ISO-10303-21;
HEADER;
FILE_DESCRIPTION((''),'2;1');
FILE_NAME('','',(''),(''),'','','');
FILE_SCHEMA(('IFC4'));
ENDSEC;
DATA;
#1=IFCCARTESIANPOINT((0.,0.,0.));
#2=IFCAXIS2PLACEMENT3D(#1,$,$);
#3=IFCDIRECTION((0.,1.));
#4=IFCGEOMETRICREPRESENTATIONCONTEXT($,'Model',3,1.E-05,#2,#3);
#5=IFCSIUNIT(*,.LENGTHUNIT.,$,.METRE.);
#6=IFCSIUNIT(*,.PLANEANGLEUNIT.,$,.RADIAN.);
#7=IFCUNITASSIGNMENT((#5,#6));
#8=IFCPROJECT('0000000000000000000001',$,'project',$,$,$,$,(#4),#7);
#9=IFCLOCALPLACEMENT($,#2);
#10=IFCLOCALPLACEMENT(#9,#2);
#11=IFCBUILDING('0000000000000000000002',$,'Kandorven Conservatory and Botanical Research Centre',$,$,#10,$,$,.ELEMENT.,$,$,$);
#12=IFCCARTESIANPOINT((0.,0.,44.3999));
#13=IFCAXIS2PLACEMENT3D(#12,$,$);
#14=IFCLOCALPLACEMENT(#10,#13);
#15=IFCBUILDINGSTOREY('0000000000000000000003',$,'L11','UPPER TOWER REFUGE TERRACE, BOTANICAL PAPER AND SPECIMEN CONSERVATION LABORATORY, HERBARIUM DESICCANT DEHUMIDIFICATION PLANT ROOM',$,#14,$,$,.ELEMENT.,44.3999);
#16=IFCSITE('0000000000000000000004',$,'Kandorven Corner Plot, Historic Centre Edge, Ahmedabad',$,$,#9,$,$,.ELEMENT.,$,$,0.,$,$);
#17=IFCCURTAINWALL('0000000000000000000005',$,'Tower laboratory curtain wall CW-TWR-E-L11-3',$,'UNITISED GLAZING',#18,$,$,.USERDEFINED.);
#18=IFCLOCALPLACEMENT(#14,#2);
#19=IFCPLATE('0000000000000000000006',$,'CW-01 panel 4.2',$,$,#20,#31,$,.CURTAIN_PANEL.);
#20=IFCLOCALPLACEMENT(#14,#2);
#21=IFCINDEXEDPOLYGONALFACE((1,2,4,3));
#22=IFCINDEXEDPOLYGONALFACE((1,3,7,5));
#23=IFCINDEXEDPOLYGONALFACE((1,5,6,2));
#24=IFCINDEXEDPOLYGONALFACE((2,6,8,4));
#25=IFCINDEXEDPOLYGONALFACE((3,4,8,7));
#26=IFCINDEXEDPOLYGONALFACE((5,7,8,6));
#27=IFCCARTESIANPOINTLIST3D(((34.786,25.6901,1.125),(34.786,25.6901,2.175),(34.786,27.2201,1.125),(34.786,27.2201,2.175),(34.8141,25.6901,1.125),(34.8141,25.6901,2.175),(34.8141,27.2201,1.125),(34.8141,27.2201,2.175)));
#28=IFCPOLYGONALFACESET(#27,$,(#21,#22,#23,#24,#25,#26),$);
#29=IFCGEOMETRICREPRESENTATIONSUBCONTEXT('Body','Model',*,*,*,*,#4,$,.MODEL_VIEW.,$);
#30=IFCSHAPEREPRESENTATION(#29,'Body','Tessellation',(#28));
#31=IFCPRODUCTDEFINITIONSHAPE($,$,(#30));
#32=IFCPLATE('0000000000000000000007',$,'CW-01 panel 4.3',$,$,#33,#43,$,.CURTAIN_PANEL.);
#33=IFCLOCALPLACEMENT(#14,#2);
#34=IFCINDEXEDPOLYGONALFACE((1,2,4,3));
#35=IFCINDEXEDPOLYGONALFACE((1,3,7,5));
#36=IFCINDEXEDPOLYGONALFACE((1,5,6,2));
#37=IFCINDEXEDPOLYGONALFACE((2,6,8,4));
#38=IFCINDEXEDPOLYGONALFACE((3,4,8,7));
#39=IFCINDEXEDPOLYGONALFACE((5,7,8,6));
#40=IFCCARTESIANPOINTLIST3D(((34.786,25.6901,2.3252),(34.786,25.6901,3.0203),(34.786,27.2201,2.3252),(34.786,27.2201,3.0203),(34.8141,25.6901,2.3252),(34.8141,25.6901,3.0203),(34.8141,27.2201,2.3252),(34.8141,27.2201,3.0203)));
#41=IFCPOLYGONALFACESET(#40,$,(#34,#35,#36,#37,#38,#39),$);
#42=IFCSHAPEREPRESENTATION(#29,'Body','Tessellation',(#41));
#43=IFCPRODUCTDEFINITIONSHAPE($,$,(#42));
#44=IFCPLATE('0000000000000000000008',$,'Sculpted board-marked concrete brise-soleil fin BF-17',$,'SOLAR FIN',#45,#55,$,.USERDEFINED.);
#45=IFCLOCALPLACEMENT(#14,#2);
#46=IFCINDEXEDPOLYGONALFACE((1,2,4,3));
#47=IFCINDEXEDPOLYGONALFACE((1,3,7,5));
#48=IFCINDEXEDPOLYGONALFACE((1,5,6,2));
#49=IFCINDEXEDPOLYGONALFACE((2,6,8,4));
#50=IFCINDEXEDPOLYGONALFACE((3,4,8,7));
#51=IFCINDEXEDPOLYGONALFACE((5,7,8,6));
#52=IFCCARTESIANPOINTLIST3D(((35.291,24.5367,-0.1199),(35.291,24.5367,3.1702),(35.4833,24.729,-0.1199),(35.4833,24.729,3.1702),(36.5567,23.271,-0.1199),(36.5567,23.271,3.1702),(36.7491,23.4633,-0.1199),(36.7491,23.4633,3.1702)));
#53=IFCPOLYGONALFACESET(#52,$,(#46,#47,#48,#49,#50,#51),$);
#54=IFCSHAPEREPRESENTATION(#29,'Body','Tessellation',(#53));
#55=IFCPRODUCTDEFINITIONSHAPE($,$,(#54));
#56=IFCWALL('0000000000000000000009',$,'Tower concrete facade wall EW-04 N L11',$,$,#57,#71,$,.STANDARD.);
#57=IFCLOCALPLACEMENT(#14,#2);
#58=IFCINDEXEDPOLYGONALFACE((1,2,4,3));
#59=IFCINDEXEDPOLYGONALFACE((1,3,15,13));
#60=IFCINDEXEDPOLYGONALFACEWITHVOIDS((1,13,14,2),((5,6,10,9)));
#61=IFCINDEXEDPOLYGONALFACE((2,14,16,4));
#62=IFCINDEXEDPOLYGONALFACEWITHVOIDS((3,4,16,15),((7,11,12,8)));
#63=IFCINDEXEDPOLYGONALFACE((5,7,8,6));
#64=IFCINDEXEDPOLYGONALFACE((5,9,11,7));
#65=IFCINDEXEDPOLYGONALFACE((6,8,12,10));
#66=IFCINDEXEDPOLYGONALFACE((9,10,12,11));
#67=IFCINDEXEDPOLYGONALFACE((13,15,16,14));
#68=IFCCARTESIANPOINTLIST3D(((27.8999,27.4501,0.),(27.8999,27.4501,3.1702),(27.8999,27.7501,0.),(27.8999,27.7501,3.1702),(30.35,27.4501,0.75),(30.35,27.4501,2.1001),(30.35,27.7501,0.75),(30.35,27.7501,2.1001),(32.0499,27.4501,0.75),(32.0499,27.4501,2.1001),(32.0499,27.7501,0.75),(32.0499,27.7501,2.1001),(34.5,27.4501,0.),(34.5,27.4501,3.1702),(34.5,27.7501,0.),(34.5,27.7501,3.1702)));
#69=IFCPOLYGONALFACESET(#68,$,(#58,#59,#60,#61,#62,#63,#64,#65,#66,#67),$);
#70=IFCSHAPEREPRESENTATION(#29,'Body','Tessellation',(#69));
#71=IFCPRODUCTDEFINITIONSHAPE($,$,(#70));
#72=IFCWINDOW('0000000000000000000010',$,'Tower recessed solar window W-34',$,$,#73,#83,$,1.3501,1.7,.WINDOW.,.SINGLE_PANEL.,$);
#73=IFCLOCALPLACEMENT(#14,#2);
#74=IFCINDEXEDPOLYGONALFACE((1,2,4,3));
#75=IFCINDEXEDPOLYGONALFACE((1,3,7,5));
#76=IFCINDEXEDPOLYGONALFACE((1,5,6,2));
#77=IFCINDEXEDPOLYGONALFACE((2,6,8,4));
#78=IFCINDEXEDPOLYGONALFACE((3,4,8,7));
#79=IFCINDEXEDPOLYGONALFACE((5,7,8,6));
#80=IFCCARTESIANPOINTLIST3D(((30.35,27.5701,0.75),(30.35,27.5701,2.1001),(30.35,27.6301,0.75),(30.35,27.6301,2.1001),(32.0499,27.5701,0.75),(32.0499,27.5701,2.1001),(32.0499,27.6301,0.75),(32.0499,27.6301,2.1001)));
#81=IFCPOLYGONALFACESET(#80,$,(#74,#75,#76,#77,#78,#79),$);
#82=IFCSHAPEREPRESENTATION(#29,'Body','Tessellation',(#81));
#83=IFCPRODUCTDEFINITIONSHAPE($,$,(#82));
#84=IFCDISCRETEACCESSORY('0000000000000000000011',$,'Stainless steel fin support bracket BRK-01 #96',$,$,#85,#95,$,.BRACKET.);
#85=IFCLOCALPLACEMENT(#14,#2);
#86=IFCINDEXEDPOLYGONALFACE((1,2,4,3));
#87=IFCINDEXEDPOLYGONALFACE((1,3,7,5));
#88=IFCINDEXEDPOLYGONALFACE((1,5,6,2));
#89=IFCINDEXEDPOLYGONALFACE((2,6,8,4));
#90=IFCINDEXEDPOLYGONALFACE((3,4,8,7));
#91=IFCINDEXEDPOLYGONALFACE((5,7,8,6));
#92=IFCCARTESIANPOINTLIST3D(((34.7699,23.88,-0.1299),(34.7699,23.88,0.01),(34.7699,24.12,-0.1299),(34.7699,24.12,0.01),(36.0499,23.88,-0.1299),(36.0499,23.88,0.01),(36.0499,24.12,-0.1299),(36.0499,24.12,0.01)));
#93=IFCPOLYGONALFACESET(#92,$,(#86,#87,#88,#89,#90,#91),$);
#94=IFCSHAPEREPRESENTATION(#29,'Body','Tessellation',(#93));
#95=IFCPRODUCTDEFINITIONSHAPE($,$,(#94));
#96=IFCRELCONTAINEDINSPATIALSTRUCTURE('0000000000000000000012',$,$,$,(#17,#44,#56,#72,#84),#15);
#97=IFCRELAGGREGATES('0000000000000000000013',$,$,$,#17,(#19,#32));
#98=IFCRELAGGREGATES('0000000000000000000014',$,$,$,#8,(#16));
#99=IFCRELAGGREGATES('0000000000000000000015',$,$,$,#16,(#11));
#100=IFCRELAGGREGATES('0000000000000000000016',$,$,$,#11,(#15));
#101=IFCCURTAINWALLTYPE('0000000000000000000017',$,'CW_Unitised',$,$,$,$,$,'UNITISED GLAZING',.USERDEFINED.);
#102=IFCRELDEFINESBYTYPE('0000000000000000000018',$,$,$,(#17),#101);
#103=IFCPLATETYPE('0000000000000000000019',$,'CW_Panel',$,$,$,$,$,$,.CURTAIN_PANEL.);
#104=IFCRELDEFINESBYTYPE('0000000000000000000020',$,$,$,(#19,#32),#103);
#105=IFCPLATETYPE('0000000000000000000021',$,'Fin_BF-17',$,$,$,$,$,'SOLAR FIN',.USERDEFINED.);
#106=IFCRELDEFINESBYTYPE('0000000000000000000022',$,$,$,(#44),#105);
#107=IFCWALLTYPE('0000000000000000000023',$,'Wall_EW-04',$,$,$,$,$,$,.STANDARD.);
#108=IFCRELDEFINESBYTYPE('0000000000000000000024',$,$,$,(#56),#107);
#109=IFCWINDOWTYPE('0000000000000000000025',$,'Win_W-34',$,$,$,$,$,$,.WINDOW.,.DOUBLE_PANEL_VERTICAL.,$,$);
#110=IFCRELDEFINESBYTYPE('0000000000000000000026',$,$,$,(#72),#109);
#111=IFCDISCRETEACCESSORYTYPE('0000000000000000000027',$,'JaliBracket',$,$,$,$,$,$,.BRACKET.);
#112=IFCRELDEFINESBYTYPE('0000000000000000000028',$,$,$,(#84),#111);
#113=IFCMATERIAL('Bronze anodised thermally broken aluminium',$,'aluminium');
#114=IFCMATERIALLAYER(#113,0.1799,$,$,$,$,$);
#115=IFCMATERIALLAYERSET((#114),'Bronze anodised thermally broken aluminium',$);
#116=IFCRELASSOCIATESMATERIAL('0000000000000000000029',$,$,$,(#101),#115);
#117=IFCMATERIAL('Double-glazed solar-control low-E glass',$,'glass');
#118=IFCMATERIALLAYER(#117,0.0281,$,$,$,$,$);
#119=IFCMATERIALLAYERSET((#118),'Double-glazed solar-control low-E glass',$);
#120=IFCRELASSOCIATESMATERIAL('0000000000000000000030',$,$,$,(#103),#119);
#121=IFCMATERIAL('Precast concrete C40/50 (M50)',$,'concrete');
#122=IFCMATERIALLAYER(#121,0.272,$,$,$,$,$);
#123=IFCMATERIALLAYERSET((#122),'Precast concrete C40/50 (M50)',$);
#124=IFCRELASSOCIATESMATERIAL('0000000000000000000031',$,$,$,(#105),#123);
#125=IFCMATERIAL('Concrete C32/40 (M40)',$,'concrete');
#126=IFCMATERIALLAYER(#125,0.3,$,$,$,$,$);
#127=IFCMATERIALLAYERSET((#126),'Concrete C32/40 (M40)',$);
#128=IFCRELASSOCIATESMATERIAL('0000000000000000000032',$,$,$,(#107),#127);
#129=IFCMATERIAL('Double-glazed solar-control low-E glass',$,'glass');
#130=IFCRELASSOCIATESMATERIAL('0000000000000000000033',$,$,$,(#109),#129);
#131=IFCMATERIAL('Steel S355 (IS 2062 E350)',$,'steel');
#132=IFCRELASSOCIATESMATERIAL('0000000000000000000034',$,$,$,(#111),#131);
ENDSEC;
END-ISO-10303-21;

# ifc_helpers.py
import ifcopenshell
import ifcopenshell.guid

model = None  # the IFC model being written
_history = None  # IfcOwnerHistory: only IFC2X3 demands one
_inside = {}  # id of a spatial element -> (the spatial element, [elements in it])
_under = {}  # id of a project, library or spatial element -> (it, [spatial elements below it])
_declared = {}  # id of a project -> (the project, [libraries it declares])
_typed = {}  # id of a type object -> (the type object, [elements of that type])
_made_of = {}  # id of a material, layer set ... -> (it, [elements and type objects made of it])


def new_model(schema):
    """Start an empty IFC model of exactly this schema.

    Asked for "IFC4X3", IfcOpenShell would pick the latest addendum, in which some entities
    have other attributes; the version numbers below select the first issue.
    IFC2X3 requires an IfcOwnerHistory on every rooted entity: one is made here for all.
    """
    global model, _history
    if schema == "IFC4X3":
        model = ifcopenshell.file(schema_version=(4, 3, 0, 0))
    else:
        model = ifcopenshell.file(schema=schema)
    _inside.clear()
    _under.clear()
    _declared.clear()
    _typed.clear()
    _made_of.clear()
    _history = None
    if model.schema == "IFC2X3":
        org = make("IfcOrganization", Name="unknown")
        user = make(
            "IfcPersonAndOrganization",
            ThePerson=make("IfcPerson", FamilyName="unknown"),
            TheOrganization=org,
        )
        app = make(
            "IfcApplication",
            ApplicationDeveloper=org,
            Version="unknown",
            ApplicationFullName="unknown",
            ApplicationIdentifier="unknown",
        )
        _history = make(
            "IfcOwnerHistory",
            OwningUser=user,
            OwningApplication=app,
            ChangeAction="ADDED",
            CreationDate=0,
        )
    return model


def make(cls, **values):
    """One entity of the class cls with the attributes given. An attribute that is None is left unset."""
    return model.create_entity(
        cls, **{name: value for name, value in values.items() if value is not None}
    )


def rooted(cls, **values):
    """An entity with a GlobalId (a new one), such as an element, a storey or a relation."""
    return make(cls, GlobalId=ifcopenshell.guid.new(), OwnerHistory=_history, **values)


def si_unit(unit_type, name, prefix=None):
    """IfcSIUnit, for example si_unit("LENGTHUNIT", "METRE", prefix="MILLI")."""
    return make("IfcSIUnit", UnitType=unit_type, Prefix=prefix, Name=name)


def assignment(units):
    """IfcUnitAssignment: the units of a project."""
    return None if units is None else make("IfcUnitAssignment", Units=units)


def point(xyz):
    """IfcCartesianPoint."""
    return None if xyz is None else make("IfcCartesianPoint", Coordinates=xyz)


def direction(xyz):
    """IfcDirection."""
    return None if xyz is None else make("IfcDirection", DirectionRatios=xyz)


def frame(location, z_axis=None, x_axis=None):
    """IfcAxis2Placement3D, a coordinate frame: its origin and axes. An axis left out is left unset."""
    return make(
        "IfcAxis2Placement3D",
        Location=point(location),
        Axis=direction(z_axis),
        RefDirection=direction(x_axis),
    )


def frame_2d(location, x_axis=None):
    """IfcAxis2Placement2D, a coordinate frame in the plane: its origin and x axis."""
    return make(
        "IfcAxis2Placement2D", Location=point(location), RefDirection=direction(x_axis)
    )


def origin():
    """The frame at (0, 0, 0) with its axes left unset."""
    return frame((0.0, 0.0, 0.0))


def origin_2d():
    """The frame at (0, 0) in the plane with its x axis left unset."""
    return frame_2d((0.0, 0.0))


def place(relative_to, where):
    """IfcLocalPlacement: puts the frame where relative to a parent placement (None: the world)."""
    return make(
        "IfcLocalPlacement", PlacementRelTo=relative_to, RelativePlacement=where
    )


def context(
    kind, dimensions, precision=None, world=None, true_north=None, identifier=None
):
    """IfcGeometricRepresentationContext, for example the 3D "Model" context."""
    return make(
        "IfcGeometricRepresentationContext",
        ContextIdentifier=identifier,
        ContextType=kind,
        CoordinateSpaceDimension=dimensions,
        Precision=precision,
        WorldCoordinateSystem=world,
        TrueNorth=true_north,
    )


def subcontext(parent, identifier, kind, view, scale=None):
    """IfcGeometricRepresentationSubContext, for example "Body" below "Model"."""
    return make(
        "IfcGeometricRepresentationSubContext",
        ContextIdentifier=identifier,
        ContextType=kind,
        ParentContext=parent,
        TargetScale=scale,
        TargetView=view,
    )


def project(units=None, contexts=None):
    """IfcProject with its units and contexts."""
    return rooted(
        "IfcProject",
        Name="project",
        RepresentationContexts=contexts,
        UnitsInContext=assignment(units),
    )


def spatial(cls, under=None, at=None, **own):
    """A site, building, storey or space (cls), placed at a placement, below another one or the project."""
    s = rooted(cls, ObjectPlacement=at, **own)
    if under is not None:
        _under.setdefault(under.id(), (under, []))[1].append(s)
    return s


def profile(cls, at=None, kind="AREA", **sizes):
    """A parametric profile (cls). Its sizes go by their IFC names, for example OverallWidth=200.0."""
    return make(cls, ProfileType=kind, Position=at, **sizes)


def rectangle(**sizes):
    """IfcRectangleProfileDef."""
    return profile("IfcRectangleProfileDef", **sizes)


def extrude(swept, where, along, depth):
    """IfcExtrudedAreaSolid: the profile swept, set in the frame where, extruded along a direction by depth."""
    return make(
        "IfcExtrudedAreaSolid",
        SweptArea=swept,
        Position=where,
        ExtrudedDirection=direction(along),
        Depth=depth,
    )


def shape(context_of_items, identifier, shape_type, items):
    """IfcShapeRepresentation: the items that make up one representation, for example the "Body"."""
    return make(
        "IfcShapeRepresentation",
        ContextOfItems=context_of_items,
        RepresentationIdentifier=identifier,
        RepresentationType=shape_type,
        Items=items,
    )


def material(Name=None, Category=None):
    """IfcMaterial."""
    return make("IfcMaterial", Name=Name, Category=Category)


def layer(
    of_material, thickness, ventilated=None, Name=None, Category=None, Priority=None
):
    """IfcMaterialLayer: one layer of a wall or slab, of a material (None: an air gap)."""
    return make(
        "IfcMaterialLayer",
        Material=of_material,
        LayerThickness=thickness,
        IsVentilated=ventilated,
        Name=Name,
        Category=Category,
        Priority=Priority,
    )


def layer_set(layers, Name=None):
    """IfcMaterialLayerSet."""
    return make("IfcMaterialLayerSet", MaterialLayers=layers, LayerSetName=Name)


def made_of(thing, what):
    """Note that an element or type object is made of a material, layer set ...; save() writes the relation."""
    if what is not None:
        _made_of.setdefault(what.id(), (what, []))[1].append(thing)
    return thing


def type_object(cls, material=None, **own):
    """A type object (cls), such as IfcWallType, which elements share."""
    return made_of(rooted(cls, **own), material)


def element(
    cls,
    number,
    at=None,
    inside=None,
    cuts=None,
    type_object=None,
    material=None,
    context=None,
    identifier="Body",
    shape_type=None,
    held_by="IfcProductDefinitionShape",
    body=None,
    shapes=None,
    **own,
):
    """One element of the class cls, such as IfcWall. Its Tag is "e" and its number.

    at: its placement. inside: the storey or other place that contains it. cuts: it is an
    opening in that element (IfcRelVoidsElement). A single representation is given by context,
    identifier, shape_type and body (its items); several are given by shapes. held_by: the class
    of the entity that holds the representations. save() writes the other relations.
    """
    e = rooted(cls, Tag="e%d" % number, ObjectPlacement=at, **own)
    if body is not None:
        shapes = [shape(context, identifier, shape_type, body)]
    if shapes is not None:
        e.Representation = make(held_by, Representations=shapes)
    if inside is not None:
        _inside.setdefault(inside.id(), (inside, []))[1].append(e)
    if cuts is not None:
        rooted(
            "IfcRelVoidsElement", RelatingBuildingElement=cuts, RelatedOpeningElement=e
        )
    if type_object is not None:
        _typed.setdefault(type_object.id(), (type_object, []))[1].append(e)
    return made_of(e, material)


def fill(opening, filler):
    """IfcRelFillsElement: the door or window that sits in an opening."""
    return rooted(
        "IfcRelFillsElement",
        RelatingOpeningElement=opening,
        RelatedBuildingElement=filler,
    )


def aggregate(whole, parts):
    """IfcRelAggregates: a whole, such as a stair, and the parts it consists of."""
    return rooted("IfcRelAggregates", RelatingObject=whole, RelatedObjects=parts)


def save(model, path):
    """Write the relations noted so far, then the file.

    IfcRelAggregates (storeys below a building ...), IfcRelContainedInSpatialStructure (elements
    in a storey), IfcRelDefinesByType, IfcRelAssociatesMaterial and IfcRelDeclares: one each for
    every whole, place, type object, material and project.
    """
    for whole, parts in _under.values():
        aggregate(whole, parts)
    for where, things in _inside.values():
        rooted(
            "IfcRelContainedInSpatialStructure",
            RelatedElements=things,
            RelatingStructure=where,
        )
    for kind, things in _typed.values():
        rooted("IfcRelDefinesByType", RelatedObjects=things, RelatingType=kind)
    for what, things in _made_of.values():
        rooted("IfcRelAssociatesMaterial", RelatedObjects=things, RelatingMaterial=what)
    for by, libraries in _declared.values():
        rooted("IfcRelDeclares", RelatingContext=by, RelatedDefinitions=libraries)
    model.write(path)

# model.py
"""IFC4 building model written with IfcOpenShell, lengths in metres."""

from ifc_helpers import new_model, si_unit, direction, frame, frame_2d, origin, origin_2d, place, context, subcontext, project, spatial, rectangle, extrude, material, layer, layer_set, type_object, element, fill, aggregate, save


model = new_model("IFC4")

# Units and contexts
model_context = context("Model", 3, precision=1e-05, world=origin(), true_north=direction((0.0, 1.0)))
body_context = subcontext(model_context, "Body", "Model", "MODEL_VIEW")
ifc_project = project(units=[si_unit("LENGTHUNIT", "METRE"), si_unit("PLANEANGLEUNIT", "RADIAN")], contexts=[model_context])

# Site, building, storey
site_placement = place(None, origin())
site = spatial("IfcSite", under=ifc_project, at=site_placement, Name="Kandorven Corner Plot, Historic Centre Edge, Ahmedabad", CompositionType="ELEMENT", RefElevation=0.0)
building_placement = place(site_placement, origin())
building = spatial("IfcBuilding", under=site, at=building_placement, Name="Kandorven Conservatory and Botanical Research Centre", CompositionType="ELEMENT")
storey_placement = place(building_placement, frame((0.0, 0.0, 44.3999)))
storey = spatial("IfcBuildingStorey", under=building, at=storey_placement, Name="L11", Description="UPPER TOWER REFUGE TERRACE, BOTANICAL PAPER AND SPECIMEN CONSERVATION LABORATORY, HERBARIUM DESICCANT DEHUMIDIFICATION PLANT ROOM", CompositionType="ELEMENT", Elevation=44.3999)

# Curtain wall, plates
ifc_material_1 = material(Name="Bronze anodised thermally broken aluminium", Category="aluminium")
ifc_layer_1 = layer(ifc_material_1, 0.1799)
ifc_layer_set_1 = layer_set([ifc_layer_1], Name="Bronze anodised thermally broken aluminium")
curtain_wall_type = type_object("IfcCurtainWallType", Name="CW_Unitised", ElementType="UNITISED GLAZING", PredefinedType="USERDEFINED", material=ifc_layer_set_1)
curtain_wall_placement = place(storey_placement, origin())
curtain_wall = element("IfcCurtainWall", 1, at=curtain_wall_placement, inside=storey, type_object=curtain_wall_type, Name="Tower laboratory curtain wall CW-TWR-E-L11-3", ObjectType="UNITISED GLAZING", PredefinedType="USERDEFINED")
ifc_material_2 = material(Name="Double-glazed solar-control low-E glass", Category="glass")
ifc_layer_2 = layer(ifc_material_2, 0.0281)
ifc_layer_set_2 = layer_set([ifc_layer_2], Name="Double-glazed solar-control low-E glass")
plate_type_1 = type_object("IfcPlateType", Name="CW_Panel", PredefinedType="CURTAIN_PANEL", material=ifc_layer_set_2)
plate_1_placement = place(storey_placement, frame((34.8, 26.4551, 1.125), z_axis=(0.0, 0.0, 1.0), x_axis=(0.0, 1.0, 0.0)))
plate_1 = element("IfcPlate", 2, at=plate_1_placement, type_object=plate_type_1, Name="CW-01 panel 4.2", PredefinedType="CURTAIN_PANEL", context=body_context, shape_type="SweptSolid", body=[
    extrude(rectangle(XDim=1.53, YDim=0.0281, at=origin_2d()), origin(), (0.0, 0.0, 1.0), 1.05),
])
plate_2_placement = place(storey_placement, frame((34.8, 26.4551, 2.3252), z_axis=(0.0, 0.0, 1.0), x_axis=(0.0, 1.0, 0.0)))
plate_2 = element("IfcPlate", 3, at=plate_2_placement, type_object=plate_type_1, Name="CW-01 panel 4.3", PredefinedType="CURTAIN_PANEL", context=body_context, shape_type="SweptSolid", body=[
    extrude(rectangle(XDim=1.53, YDim=0.0281, at=origin_2d()), origin(), (0.0, 0.0, 1.0), 0.6951),
])
aggregate(curtain_wall, [plate_1, plate_2])

# Plate
ifc_material_3 = material(Name="Precast concrete C40/50 (M50)", Category="concrete")
ifc_layer_3 = layer(ifc_material_3, 0.272)
ifc_layer_set_3 = layer_set([ifc_layer_3], Name="Precast concrete C40/50 (M50)")
plate_type_2 = type_object("IfcPlateType", Name="Fin_BF-17", ElementType="SOLAR FIN", PredefinedType="USERDEFINED", material=ifc_layer_set_3)
plate_3_placement = place(storey_placement, frame((36.02, 24.0, -0.1199), z_axis=(0.0, 0.0, 1.0), x_axis=(-0.707107, 0.707107, 0.0)))
element("IfcPlate", 4, at=plate_3_placement, inside=storey, type_object=plate_type_2, Name="Sculpted board-marked concrete brise-soleil fin BF-17", ObjectType="SOLAR FIN", PredefinedType="USERDEFINED", context=body_context, shape_type="SweptSolid", body=[
    extrude(rectangle(XDim=1.79, YDim=0.272, at=origin_2d()), origin(), (0.0, 0.0, 1.0), 3.29),
])

# Wall, opening, window
ifc_material_4 = material(Name="Concrete C32/40 (M40)", Category="concrete")
ifc_layer_4 = layer(ifc_material_4, 0.3)
ifc_layer_set_4 = layer_set([ifc_layer_4], Name="Concrete C32/40 (M40)")
wall_type = type_object("IfcWallType", Name="Wall_EW-04", PredefinedType="STANDARD", material=ifc_layer_set_4)
wall_placement = place(storey_placement, frame((27.8999, 27.6001, 0.0), z_axis=(0.0, 0.0, 1.0), x_axis=(1.0, 0.0, 0.0)))
wall = element("IfcWall", 5, at=wall_placement, inside=storey, type_object=wall_type, Name="Tower concrete facade wall EW-04 N L11", PredefinedType="STANDARD", context=body_context, shape_type="SweptSolid", body=[
    extrude(rectangle(XDim=6.6001, YDim=0.3, at=frame_2d((3.3, 0.0))), origin(), (0.0, 0.0, 1.0), 3.1702),
])
opening_placement = place(wall_placement, frame((2.45, 0.0, 0.75)))
opening = element("IfcOpeningElement", 6, at=opening_placement, cuts=wall, PredefinedType="OPENING", context=body_context, shape_type="SweptSolid", body=[
    extrude(rectangle(XDim=1.7, YDim=1.3501, at=frame_2d((0.8501, 0.675))), frame((0.0, 0.1599, 0.0), z_axis=(0.0, -1.0, 0.0), x_axis=(1.0, 0.0, 0.0)), (0.0, 0.0, 1.0), 0.3201),
])
ifc_material_5 = material(Name="Double-glazed solar-control low-E glass", Category="glass")
window_type = type_object("IfcWindowType", Name="Win_W-34", PartitioningType="DOUBLE_PANEL_VERTICAL", PredefinedType="WINDOW", material=ifc_material_5)
window_placement = place(opening_placement, origin())
window = element("IfcWindow", 7, at=window_placement, inside=storey, type_object=window_type, Name="Tower recessed solar window W-34", OverallHeight=1.3501, OverallWidth=1.7, PartitioningType="SINGLE_PANEL", PredefinedType="WINDOW", context=body_context, shape_type="SweptSolid", body=[
    extrude(rectangle(XDim=1.7, YDim=1.3501, at=frame_2d((0.8501, 0.675))), frame((0.0, 0.03, 0.0), z_axis=(0.0, -1.0, 0.0), x_axis=(1.0, 0.0, 0.0)), (0.0, 0.0, 1.0), 0.0601),
])
fill(opening, window)

# Discrete accessory
ifc_material_6 = material(Name="Steel S355 (IS 2062 E350)", Category="steel")
discrete_accessory_type = type_object("IfcDiscreteAccessoryType", Name="JaliBracket", PredefinedType="BRACKET", material=ifc_material_6)
discrete_accessory_placement = place(storey_placement, frame((35.4099, 24.0, -0.1299), z_axis=(0.0, 0.0, 1.0), x_axis=(1.0, 0.0, 0.0)))
element("IfcDiscreteAccessory", 8, at=discrete_accessory_placement, inside=storey, type_object=discrete_accessory_type, Name="Stainless steel fin support bracket BRK-01 #96", PredefinedType="BRACKET", context=body_context, shape_type="SweptSolid", body=[
    extrude(rectangle(XDim=1.28, YDim=0.24, at=origin_2d()), origin(), (0.0, 0.0, 1.0), 0.1399),
])

save(model, "model.ifc")
